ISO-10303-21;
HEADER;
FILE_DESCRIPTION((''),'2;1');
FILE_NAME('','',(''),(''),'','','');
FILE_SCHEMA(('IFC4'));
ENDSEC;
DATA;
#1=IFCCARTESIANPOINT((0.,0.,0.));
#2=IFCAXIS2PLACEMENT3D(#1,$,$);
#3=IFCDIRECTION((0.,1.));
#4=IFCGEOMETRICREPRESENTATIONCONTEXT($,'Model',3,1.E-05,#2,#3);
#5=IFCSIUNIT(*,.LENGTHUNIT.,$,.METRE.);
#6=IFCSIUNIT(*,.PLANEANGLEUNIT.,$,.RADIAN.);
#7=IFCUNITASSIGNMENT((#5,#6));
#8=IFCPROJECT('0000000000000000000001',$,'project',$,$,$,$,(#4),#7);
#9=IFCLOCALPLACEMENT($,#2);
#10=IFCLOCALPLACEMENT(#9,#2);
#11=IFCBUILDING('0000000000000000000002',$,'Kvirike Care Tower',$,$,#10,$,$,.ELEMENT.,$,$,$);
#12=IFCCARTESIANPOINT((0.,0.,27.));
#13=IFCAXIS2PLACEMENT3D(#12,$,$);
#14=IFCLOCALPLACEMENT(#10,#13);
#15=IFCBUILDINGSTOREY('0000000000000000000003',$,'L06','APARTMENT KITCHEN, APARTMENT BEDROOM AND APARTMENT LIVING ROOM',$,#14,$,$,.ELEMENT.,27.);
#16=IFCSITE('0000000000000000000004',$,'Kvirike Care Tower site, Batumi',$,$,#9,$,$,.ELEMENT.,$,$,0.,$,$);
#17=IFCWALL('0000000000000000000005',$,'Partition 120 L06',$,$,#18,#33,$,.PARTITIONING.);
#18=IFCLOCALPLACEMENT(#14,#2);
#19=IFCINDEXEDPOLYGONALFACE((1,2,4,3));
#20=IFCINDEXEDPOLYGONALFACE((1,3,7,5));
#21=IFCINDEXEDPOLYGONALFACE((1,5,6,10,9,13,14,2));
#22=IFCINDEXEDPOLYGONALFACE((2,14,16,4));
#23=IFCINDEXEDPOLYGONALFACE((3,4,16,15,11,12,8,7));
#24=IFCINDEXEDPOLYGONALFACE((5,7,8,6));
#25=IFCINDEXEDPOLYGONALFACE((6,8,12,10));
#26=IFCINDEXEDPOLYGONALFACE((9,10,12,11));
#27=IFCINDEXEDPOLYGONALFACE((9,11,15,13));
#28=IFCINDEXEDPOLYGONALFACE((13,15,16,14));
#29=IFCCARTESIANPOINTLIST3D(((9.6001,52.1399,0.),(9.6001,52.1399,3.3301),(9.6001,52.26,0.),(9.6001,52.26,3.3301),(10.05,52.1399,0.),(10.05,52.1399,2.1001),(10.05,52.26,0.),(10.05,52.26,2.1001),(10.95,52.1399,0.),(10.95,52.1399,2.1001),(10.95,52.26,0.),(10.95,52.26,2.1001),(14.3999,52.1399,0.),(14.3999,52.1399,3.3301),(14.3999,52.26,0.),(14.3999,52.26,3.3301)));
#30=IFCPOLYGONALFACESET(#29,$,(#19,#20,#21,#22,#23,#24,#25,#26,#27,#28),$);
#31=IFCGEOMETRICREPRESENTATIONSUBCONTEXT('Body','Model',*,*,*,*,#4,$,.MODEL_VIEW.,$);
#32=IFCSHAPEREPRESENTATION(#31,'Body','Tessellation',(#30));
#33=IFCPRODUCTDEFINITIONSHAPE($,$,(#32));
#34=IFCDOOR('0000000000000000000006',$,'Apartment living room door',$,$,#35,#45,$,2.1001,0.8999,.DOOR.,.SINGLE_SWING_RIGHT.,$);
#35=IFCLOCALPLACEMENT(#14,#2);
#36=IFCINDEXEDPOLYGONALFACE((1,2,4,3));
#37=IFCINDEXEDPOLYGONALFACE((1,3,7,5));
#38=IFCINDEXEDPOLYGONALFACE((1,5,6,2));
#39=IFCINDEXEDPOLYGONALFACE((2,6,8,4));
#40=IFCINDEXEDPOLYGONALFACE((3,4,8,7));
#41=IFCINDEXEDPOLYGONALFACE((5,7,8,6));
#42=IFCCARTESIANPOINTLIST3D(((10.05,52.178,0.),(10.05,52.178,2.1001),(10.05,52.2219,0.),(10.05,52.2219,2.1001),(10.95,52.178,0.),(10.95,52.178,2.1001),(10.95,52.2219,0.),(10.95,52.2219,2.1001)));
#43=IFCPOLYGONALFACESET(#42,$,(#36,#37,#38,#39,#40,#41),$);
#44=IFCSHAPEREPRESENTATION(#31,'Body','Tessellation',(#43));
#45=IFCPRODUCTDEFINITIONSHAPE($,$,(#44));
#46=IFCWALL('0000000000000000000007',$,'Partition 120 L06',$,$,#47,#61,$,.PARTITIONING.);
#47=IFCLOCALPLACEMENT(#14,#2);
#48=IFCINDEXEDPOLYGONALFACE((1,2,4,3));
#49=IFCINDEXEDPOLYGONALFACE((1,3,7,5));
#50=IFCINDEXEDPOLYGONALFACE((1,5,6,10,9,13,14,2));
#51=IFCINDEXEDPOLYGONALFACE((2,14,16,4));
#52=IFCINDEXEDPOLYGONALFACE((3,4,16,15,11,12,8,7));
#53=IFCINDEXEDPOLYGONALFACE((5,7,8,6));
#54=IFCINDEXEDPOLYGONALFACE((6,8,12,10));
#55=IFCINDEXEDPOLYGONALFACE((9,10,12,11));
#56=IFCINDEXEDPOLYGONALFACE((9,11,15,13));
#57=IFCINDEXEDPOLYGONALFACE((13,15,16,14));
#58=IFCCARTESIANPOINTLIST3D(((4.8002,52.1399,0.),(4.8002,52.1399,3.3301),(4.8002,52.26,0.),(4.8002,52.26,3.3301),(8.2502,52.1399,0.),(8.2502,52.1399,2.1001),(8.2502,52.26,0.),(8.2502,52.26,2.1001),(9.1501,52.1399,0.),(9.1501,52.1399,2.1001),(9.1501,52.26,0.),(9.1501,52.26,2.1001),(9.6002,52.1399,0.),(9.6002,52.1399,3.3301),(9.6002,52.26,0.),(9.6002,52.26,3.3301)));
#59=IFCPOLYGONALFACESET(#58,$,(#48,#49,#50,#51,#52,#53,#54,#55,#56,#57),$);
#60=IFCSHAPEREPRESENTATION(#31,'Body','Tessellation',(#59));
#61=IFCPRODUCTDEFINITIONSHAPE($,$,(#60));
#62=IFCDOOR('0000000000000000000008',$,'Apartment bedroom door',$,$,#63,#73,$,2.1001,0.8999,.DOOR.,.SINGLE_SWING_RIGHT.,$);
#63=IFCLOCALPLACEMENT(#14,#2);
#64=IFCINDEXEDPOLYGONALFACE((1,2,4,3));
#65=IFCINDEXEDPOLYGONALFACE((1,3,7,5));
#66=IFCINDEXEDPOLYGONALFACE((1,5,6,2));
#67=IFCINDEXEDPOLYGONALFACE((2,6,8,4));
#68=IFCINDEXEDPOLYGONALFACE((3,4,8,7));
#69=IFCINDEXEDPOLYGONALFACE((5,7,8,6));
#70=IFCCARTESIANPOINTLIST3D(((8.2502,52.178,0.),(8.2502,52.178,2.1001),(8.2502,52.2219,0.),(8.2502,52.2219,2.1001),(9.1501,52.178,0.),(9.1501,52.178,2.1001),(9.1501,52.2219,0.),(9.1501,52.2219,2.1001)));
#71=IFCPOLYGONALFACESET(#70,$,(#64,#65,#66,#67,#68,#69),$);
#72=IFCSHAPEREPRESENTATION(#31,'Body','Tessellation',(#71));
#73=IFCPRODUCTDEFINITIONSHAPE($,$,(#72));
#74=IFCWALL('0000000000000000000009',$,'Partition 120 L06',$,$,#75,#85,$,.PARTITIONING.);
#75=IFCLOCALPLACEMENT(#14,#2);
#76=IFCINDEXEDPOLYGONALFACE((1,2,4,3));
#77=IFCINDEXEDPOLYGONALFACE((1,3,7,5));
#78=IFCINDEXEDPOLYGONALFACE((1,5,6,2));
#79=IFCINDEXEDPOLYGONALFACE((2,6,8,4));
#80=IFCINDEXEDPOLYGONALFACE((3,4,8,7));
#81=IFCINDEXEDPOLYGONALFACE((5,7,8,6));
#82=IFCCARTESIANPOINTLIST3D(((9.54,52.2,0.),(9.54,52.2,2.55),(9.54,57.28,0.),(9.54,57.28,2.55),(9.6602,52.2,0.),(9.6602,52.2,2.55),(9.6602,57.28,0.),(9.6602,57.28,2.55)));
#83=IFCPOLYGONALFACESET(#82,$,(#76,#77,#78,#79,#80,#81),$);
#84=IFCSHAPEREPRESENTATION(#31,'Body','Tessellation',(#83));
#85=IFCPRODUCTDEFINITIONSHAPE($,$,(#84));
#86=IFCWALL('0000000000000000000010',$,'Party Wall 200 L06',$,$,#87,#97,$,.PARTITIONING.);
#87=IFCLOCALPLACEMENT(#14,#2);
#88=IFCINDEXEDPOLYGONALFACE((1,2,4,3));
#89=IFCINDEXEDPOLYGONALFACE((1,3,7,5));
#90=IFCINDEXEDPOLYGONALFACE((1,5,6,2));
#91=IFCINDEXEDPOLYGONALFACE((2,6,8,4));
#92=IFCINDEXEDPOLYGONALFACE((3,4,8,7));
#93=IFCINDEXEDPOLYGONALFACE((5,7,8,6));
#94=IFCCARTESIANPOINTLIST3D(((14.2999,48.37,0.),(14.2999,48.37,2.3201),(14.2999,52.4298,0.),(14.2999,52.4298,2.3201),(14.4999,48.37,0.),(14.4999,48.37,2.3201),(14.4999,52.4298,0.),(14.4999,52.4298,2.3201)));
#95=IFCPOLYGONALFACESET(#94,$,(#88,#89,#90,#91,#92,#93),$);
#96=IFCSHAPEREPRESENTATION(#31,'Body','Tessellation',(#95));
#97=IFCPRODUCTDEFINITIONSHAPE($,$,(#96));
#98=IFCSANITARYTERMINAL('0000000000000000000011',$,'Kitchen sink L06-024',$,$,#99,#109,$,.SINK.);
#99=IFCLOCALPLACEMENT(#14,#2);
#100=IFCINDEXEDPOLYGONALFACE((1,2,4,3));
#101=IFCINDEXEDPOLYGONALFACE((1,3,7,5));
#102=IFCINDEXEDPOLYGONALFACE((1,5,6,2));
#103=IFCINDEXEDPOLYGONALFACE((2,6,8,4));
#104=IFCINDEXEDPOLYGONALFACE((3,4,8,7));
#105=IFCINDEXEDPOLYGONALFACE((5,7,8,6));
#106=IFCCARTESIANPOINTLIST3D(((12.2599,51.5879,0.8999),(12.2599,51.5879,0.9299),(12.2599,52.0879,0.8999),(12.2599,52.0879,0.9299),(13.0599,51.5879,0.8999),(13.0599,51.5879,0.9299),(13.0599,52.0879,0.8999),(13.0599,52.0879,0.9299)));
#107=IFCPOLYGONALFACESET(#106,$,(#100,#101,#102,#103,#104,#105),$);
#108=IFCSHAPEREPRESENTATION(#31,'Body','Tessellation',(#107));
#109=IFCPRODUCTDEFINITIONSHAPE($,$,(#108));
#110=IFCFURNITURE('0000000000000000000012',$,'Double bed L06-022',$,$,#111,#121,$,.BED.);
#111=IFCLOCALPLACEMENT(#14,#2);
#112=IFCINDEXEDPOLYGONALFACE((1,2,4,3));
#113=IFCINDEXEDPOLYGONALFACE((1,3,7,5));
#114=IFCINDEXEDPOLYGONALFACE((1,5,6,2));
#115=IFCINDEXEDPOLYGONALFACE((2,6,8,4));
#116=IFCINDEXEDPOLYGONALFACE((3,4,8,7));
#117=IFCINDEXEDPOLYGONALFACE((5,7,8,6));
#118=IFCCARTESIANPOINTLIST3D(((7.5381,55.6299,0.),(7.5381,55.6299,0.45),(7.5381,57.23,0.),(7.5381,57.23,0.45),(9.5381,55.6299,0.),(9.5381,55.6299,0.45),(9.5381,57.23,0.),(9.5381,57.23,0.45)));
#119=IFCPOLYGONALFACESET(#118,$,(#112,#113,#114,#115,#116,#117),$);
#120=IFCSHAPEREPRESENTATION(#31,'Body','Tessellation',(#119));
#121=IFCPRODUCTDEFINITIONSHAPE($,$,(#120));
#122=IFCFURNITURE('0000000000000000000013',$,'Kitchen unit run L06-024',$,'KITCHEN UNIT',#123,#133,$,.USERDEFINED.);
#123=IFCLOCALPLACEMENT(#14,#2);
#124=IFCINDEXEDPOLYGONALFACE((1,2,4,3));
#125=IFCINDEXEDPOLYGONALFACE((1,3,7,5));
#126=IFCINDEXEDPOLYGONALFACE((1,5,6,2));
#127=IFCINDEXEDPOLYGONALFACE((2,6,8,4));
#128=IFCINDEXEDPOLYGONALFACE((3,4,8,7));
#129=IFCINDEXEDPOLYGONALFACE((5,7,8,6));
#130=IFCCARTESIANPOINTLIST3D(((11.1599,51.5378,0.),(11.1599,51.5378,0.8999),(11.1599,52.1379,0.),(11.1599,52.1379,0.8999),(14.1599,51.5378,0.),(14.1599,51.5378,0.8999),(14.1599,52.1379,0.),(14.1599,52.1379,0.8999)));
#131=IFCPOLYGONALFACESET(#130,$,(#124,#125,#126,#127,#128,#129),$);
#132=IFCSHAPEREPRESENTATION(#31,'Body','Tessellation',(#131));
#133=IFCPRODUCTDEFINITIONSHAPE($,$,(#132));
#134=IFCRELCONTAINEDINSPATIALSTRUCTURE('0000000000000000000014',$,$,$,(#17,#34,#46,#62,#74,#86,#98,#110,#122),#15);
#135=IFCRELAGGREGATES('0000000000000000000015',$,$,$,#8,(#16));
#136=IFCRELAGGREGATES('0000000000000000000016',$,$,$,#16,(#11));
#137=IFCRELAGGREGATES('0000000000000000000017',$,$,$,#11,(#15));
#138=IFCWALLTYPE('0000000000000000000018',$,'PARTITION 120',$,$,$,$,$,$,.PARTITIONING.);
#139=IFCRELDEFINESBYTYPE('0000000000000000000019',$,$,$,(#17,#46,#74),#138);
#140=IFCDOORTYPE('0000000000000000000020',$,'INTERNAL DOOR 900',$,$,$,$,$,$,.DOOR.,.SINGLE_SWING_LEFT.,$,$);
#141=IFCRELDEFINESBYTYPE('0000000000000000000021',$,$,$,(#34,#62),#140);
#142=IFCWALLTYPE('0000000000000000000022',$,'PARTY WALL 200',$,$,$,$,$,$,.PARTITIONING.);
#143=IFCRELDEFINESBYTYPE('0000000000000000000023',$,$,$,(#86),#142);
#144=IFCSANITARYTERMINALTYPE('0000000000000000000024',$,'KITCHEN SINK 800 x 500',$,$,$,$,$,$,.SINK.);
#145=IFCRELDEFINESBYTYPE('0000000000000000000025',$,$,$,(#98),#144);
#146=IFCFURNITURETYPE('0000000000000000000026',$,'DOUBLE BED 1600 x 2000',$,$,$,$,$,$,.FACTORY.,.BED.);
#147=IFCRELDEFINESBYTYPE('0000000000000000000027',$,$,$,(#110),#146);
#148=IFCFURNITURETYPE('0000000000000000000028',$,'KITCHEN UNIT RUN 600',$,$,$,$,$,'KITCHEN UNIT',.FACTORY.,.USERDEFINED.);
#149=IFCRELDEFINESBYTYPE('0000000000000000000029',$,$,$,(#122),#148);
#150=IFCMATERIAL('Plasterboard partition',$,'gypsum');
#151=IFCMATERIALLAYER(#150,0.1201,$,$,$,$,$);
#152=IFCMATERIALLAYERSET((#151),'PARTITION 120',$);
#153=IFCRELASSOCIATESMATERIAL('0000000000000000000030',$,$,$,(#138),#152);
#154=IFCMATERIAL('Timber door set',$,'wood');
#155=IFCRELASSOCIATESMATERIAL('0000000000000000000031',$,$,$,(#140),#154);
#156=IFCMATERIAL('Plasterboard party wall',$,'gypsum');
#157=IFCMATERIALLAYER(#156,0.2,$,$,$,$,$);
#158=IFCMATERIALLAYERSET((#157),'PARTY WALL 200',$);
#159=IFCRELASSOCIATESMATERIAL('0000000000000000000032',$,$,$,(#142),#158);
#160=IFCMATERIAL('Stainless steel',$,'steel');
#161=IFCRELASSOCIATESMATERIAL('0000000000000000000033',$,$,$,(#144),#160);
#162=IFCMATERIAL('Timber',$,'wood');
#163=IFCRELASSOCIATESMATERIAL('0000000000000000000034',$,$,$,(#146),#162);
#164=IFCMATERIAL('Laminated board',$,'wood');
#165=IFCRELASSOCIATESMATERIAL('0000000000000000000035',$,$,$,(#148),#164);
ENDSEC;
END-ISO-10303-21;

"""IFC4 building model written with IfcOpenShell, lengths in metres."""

from ifc_helpers import new_model, si_unit, direction, frame, frame_2d, origin, origin_2d, place, context, subcontext, project, spatial, rectangle, extrude, material, layer, layer_set, type_object, element, fill, save


model = new_model("IFC4")

# Units and contexts
model_context = context("Model", 3, precision=1e-05, world=origin(), true_north=direction((0.0, 1.0)))
body_context = subcontext(model_context, "Body", "Model", "MODEL_VIEW")
ifc_project = project(units=[si_unit("LENGTHUNIT", "METRE"), si_unit("PLANEANGLEUNIT", "RADIAN")], contexts=[model_context])

# Site, building, storey
site_placement = place(None, origin())
site = spatial("IfcSite", under=ifc_project, at=site_placement, Name="Kvirike Care Tower site, Batumi", CompositionType="ELEMENT", RefElevation=0.0)
building_placement = place(site_placement, origin())
building = spatial("IfcBuilding", under=site, at=building_placement, Name="Kvirike Care Tower", CompositionType="ELEMENT")
storey_placement = place(building_placement, frame((0.0, 0.0, 27.0)))
storey = spatial("IfcBuildingStorey", under=building, at=storey_placement, Name="L06", Description="APARTMENT KITCHEN, APARTMENT BEDROOM AND APARTMENT LIVING ROOM", CompositionType="ELEMENT", Elevation=27.0)

# Walls, openings, doors
ifc_material_1 = material(Name="Plasterboard partition", Category="gypsum")
ifc_layer_1 = layer(ifc_material_1, 0.1201)
ifc_layer_set_1 = layer_set([ifc_layer_1], Name="PARTITION 120")
wall_type_1 = type_object("IfcWallType", Name="PARTITION 120", PredefinedType="PARTITIONING", material=ifc_layer_set_1)
ifc_material_2 = material(Name="Timber door set", Category="wood")
door_type_1 = type_object("IfcDoorType", Name="INTERNAL DOOR 900", OperationType="SINGLE_SWING_LEFT", PredefinedType="DOOR", material=ifc_material_2)
wall_1_placement = place(storey_placement, frame((14.3999, 52.2, 0.0), z_axis=(0.0, 0.0, 1.0), x_axis=(-1.0, 0.0, 0.0)))
wall_1 = element("IfcWall", 1, at=wall_1_placement, inside=storey, type_object=wall_type_1, Name="Partition 120 L06", PredefinedType="PARTITIONING", context=body_context, shape_type="SweptSolid", body=[
    extrude(rectangle(XDim=4.7998, YDim=0.1201, at=frame_2d((2.3999, 0.0))), origin(), (0.0, 0.0, 1.0), 3.3301),
])
opening_1_placement = place(wall_1_placement, frame((3.45, 0.0, 0.0)))
opening_1 = element("IfcOpeningElement", 2, at=opening_1_placement, cuts=wall_1, PredefinedType="OPENING", context=body_context, shape_type="SweptSolid", body=[
    extrude(rectangle(XDim=0.8999, YDim=2.1001, at=frame_2d((0.45, 1.05))), frame((0.0, 0.0706, 0.0), z_axis=(0.0, -1.0, 0.0), x_axis=(1.0, 0.0, 0.0)), (0.0, 0.0, 1.0), 0.1411),
])
door_1_placement = place(opening_1_placement, frame((0.8999, 0.0, 0.0), z_axis=(0.0, 0.0, 1.0), x_axis=(-1.0, 0.0, 0.0)))
door_1 = element("IfcDoor", 3, at=door_1_placement, inside=storey, type_object=door_type_1, Name="Apartment living room door", OperationType="SINGLE_SWING_RIGHT", OverallHeight=2.1001, OverallWidth=0.8999, PredefinedType="DOOR", context=body_context, shape_type="SweptSolid", body=[
    extrude(rectangle(XDim=0.8999, YDim=2.1001, at=frame_2d((0.45, 1.05))), frame((0.0, 0.022, 0.0), z_axis=(0.0, -1.0, 0.0), x_axis=(1.0, 0.0, 0.0)), (0.0, 0.0, 1.0), 0.0439),
])
fill(opening_1, door_1)
wall_2_placement = place(storey_placement, frame((9.6001, 52.2, 0.0), z_axis=(0.0, 0.0, 1.0), x_axis=(-1.0, 0.0, 0.0)))
wall_2 = element("IfcWall", 4, at=wall_2_placement, inside=storey, type_object=wall_type_1, Name="Partition 120 L06", PredefinedType="PARTITIONING", context=body_context, shape_type="SweptSolid", body=[
    extrude(rectangle(XDim=4.8, YDim=0.1201, at=frame_2d((2.3999, 0.0))), origin(), (0.0, 0.0, 1.0), 3.3301),
])
opening_2_placement = place(wall_2_placement, frame((0.45, 0.0, 0.0)))
opening_2 = element("IfcOpeningElement", 5, at=opening_2_placement, cuts=wall_2, PredefinedType="OPENING", context=body_context, shape_type="SweptSolid", body=[
    extrude(rectangle(XDim=0.8999, YDim=2.1001, at=frame_2d((0.45, 1.05))), frame((0.0, 0.0706, 0.0), z_axis=(0.0, -1.0, 0.0), x_axis=(1.0, 0.0, 0.0)), (0.0, 0.0, 1.0), 0.1411),
])
door_2_placement = place(opening_2_placement, origin())
door_2 = element("IfcDoor", 6, at=door_2_placement, inside=storey, type_object=door_type_1, Name="Apartment bedroom door", OperationType="SINGLE_SWING_RIGHT", OverallHeight=2.1001, OverallWidth=0.8999, PredefinedType="DOOR", context=body_context, shape_type="SweptSolid", body=[
    extrude(rectangle(XDim=0.8999, YDim=2.1001, at=frame_2d((0.45, 1.05))), frame((0.0, 0.022, 0.0), z_axis=(0.0, -1.0, 0.0), x_axis=(1.0, 0.0, 0.0)), (0.0, 0.0, 1.0), 0.0439),
])
fill(opening_2, door_2)

# Walls
wall_3_placement = place(storey_placement, frame((9.6001, 57.28, 0.0), z_axis=(0.0, 0.0, 1.0), x_axis=(0.0, -1.0, 0.0)))
element("IfcWall", 7, at=wall_3_placement, inside=storey, type_object=wall_type_1, Name="Partition 120 L06", PredefinedType="PARTITIONING", context=body_context, shape_type="SweptSolid", body=[
    extrude(rectangle(XDim=5.0801, YDim=0.1201, at=frame_2d((2.54, 0.0))), origin(), (0.0, 0.0, 1.0), 2.55),
])
ifc_material_3 = material(Name="Plasterboard party wall", Category="gypsum")
ifc_layer_2 = layer(ifc_material_3, 0.2)
ifc_layer_set_2 = layer_set([ifc_layer_2], Name="PARTY WALL 200")
wall_type_2 = type_object("IfcWallType", Name="PARTY WALL 200", PredefinedType="PARTITIONING", material=ifc_layer_set_2)
wall_4_placement = place(storey_placement, frame((14.3999, 48.3701, 0.0), z_axis=(0.0, 0.0, 1.0), x_axis=(0.0, 1.0, 0.0)))
element("IfcWall", 8, at=wall_4_placement, inside=storey, type_object=wall_type_2, Name="Party Wall 200 L06", PredefinedType="PARTITIONING", context=body_context, shape_type="SweptSolid", body=[
    extrude(rectangle(XDim=4.0598, YDim=0.2, at=frame_2d((2.0298, 0.0))), origin(), (0.0, 0.0, 1.0), 2.3201),
])

# Sanitary terminal
ifc_material_4 = material(Name="Stainless steel", Category="steel")
sanitary_terminal_type = type_object("IfcSanitaryTerminalType", Name="KITCHEN SINK 800 x 500", PredefinedType="SINK", material=ifc_material_4)
sanitary_terminal_placement = place(storey_placement, frame((12.6599, 51.8379, 0.8999), z_axis=(0.0, 0.0, 1.0), x_axis=(1.0, 0.0, 0.0)))
element("IfcSanitaryTerminal", 9, at=sanitary_terminal_placement, inside=storey, type_object=sanitary_terminal_type, Name="Kitchen sink L06-024", PredefinedType="SINK", context=body_context, shape_type="SweptSolid", body=[
    extrude(rectangle(XDim=0.8, YDim=0.5, at=origin_2d()), origin(), (0.0, 0.0, 1.0), 0.03),
])

# Furniture
ifc_material_5 = material(Name="Timber", Category="wood")
furniture_type_1 = type_object("IfcFurnitureType", Name="DOUBLE BED 1600 x 2000", AssemblyPlace="FACTORY", PredefinedType="BED", material=ifc_material_5)
furniture_1_placement = place(storey_placement, frame((8.5381, 56.4299, 0.0), z_axis=(0.0, 0.0, 1.0), x_axis=(0.0, -1.0, 0.0)))
element("IfcFurniture", 10, at=furniture_1_placement, inside=storey, type_object=furniture_type_1, Name="Double bed L06-022", PredefinedType="BED", context=body_context, shape_type="SweptSolid", body=[
    extrude(rectangle(XDim=1.6001, YDim=2.0, at=origin_2d()), origin(), (0.0, 0.0, 1.0), 0.45),
])
ifc_material_6 = material(Name="Laminated board", Category="wood")
furniture_type_2 = type_object("IfcFurnitureType", Name="KITCHEN UNIT RUN 600", ElementType="KITCHEN UNIT", AssemblyPlace="FACTORY", PredefinedType="USERDEFINED", material=ifc_material_6)
furniture_2_placement = place(storey_placement, frame((12.6599, 51.8379, 0.0), z_axis=(0.0, 0.0, 1.0), x_axis=(1.0, 0.0, 0.0)))
element("IfcFurniture", 11, at=furniture_2_placement, inside=storey, type_object=furniture_type_2, Name="Kitchen unit run L06-024", ObjectType="KITCHEN UNIT", PredefinedType="USERDEFINED", context=body_context, shape_type="SweptSolid", body=[
    extrude(rectangle(XDim=3.0, YDim=0.6001, at=origin_2d()), origin(), (0.0, 0.0, 1.0), 0.8999),
])

save(model, "model.ifc")
